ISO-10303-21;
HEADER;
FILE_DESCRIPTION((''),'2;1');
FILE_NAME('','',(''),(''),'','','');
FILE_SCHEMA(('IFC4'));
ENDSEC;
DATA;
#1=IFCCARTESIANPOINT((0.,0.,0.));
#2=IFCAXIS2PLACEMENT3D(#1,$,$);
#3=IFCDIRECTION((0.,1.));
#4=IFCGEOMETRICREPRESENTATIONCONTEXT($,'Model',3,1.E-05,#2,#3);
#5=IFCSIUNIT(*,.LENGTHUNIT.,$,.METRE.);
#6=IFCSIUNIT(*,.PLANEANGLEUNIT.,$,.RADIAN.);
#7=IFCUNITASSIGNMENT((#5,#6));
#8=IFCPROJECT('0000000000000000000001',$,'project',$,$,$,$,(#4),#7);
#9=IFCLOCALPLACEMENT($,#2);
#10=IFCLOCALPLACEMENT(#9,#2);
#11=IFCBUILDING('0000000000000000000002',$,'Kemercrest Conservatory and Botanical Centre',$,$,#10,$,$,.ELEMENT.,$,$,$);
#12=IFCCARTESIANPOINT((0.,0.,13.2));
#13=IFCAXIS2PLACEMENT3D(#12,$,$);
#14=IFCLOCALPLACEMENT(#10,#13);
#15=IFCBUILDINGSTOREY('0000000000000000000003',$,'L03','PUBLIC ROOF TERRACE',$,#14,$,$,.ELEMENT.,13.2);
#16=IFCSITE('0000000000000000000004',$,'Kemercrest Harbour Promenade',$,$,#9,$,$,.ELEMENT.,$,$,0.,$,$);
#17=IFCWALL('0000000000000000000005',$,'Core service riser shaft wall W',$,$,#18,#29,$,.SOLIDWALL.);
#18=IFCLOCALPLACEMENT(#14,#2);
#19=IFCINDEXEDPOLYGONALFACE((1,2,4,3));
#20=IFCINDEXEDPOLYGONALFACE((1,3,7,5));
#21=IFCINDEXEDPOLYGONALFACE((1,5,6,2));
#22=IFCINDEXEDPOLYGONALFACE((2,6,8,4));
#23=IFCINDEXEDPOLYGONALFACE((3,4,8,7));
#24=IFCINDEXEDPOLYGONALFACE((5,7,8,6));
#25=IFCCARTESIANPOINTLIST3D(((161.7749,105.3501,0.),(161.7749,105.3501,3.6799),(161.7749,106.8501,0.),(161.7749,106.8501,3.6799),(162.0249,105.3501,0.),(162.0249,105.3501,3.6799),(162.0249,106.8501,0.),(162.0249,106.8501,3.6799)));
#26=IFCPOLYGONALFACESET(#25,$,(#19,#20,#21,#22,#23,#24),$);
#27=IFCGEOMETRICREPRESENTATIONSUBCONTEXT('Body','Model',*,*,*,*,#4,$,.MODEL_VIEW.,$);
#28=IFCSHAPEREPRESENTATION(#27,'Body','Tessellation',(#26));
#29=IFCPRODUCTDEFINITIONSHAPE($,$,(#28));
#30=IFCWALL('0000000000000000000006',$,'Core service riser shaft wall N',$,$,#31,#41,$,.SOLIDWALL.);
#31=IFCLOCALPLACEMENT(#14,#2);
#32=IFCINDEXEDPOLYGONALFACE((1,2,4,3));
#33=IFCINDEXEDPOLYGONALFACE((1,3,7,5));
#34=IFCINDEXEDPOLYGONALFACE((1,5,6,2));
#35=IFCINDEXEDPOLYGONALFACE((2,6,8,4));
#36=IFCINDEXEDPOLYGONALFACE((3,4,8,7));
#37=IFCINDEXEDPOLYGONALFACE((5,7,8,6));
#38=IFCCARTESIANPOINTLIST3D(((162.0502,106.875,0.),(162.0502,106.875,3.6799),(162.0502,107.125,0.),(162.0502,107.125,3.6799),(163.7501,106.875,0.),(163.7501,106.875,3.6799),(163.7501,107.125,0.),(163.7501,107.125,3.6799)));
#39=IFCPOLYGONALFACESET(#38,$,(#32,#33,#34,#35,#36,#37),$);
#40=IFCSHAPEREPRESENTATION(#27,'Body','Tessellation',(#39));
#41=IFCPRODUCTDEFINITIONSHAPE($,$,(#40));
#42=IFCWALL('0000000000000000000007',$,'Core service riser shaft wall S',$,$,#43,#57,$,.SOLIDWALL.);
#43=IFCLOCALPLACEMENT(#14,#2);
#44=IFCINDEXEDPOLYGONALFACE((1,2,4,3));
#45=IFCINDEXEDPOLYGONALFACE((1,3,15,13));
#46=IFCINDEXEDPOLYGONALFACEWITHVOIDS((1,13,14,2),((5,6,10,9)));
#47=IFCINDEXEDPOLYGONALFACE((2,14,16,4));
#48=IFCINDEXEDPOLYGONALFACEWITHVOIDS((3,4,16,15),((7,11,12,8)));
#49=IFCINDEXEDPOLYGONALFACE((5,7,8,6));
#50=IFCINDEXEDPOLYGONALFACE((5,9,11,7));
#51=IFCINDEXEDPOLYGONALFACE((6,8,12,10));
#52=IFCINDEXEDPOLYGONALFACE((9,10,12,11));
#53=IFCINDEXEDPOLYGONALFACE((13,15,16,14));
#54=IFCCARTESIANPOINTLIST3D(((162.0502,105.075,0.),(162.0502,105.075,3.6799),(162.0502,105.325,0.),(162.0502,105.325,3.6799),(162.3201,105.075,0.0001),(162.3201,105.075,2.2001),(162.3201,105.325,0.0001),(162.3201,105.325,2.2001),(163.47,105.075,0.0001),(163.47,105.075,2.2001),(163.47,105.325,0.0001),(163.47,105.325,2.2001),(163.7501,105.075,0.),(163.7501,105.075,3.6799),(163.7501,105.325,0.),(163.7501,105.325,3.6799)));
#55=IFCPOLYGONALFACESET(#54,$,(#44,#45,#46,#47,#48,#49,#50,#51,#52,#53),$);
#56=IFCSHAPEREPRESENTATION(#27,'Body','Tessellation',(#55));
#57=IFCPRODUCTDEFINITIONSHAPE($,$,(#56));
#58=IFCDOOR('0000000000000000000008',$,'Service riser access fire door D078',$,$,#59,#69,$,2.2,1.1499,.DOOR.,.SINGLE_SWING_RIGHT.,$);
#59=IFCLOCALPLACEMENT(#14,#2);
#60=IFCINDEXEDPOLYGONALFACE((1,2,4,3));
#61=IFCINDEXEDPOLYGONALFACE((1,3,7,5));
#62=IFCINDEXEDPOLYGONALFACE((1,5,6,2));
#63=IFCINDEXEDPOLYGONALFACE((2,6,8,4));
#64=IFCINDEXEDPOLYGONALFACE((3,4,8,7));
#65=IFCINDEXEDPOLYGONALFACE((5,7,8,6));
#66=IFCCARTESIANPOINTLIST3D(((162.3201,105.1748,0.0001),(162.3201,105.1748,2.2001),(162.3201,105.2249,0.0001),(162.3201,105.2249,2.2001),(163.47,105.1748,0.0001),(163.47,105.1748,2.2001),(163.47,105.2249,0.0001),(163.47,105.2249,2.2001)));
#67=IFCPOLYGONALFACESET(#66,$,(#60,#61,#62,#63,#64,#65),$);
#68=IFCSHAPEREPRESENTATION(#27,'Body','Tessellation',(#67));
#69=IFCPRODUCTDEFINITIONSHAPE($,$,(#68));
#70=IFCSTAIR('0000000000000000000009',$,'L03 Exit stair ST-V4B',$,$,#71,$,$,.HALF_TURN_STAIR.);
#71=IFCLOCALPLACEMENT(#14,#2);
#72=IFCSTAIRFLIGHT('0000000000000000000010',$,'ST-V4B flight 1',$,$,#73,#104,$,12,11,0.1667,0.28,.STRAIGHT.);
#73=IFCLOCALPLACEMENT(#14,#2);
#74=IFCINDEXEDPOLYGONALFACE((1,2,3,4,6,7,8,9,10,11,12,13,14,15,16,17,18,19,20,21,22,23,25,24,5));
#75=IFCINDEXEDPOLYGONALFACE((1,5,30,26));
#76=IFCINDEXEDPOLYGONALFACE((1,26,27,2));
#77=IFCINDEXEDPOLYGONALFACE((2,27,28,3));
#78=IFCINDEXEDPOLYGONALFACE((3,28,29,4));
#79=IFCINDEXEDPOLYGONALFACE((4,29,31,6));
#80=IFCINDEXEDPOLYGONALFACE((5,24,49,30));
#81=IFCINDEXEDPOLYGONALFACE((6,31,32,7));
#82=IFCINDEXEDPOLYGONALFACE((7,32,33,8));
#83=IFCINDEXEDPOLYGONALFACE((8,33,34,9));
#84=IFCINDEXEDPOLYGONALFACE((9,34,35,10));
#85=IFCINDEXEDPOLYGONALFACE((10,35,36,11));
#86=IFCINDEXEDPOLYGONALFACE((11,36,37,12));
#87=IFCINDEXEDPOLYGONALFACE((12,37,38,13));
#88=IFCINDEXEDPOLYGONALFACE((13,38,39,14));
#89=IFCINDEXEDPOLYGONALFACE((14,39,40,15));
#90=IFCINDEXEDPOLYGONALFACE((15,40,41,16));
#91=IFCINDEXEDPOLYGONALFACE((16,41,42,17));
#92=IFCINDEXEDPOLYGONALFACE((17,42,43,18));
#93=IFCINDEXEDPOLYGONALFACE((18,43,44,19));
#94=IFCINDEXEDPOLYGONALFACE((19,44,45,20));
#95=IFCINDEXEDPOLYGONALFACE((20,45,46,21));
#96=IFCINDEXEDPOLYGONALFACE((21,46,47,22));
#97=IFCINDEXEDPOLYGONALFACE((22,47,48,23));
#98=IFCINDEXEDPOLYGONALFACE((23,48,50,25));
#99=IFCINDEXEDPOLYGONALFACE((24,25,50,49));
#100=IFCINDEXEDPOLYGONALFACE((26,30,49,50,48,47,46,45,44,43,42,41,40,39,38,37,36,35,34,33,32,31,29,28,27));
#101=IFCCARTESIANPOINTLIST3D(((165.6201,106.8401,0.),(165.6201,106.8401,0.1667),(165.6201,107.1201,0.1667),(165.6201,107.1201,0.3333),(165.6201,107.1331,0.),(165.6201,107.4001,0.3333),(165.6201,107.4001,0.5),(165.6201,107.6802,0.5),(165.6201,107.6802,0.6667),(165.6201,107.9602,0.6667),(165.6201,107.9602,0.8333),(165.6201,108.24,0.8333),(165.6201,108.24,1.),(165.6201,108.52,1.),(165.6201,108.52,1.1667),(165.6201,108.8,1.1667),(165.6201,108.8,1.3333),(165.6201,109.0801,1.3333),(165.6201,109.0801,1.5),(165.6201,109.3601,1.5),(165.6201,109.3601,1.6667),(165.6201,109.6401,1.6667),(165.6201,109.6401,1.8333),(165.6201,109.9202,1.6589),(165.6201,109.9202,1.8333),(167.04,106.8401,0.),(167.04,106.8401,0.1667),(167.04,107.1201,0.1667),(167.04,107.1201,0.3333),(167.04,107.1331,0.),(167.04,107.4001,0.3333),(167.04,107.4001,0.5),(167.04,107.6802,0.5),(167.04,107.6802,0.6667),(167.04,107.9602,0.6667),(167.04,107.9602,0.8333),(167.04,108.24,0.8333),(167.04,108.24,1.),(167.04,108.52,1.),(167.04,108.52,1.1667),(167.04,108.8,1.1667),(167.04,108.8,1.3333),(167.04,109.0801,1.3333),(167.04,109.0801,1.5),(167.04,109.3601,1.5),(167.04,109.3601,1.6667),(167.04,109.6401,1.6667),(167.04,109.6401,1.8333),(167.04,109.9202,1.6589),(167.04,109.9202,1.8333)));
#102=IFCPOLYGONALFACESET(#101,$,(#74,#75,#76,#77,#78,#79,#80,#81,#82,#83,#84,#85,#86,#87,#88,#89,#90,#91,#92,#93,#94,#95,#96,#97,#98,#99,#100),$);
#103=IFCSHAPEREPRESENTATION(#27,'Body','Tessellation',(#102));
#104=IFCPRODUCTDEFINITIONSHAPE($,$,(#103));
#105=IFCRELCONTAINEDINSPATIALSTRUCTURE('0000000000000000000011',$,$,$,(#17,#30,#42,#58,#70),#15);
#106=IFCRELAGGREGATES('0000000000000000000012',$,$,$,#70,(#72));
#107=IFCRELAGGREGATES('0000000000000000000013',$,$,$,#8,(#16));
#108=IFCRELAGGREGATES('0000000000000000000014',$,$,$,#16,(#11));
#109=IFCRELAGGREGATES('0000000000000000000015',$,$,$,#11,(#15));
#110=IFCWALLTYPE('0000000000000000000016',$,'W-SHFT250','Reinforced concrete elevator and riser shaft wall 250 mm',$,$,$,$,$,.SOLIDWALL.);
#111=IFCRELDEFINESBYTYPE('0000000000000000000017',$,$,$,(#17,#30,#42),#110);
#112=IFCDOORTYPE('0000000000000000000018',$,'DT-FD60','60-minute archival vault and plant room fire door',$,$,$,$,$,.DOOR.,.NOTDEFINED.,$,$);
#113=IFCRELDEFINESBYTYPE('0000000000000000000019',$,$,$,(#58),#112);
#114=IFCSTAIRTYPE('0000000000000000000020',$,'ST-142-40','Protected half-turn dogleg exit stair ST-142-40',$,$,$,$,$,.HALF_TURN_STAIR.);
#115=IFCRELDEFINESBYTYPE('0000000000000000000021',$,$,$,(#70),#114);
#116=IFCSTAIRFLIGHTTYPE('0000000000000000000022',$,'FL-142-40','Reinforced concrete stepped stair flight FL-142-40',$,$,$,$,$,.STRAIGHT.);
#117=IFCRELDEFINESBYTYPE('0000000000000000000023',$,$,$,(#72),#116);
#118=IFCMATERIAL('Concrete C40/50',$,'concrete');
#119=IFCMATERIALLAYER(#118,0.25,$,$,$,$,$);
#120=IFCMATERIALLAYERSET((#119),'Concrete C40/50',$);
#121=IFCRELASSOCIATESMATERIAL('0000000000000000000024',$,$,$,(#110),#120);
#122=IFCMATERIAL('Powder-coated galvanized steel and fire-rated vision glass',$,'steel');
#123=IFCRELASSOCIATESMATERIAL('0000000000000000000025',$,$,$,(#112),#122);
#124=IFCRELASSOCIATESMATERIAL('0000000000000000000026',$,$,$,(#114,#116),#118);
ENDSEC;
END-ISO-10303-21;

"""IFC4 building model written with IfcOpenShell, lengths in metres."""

from ifc_helpers import new_model, si_unit, direction, frame, frame_2d, origin, place, context, subcontext, project, spatial, polyline, rectangle, outline, extrude, material, layer, layer_set, type_object, element, fill, aggregate, save


model = new_model("IFC4")

# Units and contexts
model_context = context("Model", 3, precision=1e-05, world=origin(), true_north=direction((0.0, 1.0)))
body_context = subcontext(model_context, "Body", "Model", "MODEL_VIEW")
ifc_project = project(units=[si_unit("LENGTHUNIT", "METRE"), si_unit("PLANEANGLEUNIT", "RADIAN")], contexts=[model_context])

# Site, building, storey
site_placement = place(None, origin())
site = spatial("IfcSite", under=ifc_project, at=site_placement, Name="Kemercrest Harbour Promenade", CompositionType="ELEMENT", RefElevation=0.0)
building_placement = place(site_placement, origin())
building = spatial("IfcBuilding", under=site, at=building_placement, Name="Kemercrest Conservatory and Botanical Centre", CompositionType="ELEMENT")
storey_placement = place(building_placement, frame((0.0, 0.0, 13.2)))
storey = spatial("IfcBuildingStorey", under=building, at=storey_placement, Name="L03", Description="PUBLIC ROOF TERRACE", CompositionType="ELEMENT", Elevation=13.2)

# Shared definitions
ifc_material_1 = material(Name="Concrete C40/50", Category="concrete")

# Shared definitions
ifc_material_2 = material(Name="Powder-coated galvanized steel and fire-rated vision glass", Category="steel")

# Walls
ifc_layer_1 = layer(ifc_material_1, 0.25)
ifc_layer_set_1 = layer_set([ifc_layer_1], Name="Concrete C40/50")
wall_type_1 = type_object("IfcWallType", Name="W-SHFT250", Description="Reinforced concrete elevator and riser shaft wall 250 mm", PredefinedType="SOLIDWALL", material=ifc_layer_set_1)
wall_1_placement = place(storey_placement, frame((161.8999, 105.3501, 0.0), z_axis=(0.0, 0.0, 1.0), x_axis=(0.0, 1.0, 0.0)))
element("IfcWall", 1, at=wall_1_placement, inside=storey, type_object=wall_type_1, Name="Core service riser shaft wall W", PredefinedType="SOLIDWALL", context=body_context, shape_type="SweptSolid", body=[
    extrude(rectangle(XDim=1.5, YDim=0.25, at=frame_2d((0.75, 0.0))), origin(), (0.0, 0.0, 1.0), 3.6799),
])
wall_2_placement = place(storey_placement, frame((162.05, 107.0, 0.0), z_axis=(0.0, 0.0, 1.0), x_axis=(1.0, 0.0, 0.0)))
element("IfcWall", 2, at=wall_2_placement, inside=storey, type_object=wall_type_1, Name="Core service riser shaft wall N", PredefinedType="SOLIDWALL", context=body_context, shape_type="SweptSolid", body=[
    extrude(rectangle(XDim=1.7, YDim=0.25, at=frame_2d((0.8501, 0.0))), origin(), (0.0, 0.0, 1.0), 3.6799),
])

# Wall, opening, door
wall_3_placement = place(storey_placement, frame((162.05, 105.2, 0.0), z_axis=(0.0, 0.0, 1.0), x_axis=(1.0, 0.0, 0.0)))
wall_3 = element("IfcWall", 3, at=wall_3_placement, inside=storey, type_object=wall_type_1, Name="Core service riser shaft wall S", PredefinedType="SOLIDWALL", context=body_context, shape_type="SweptSolid", body=[
    extrude(rectangle(XDim=1.7, YDim=0.25, at=frame_2d((0.8501, 0.0))), origin(), (0.0, 0.0, 1.0), 3.6799),
])
opening_1_placement = place(wall_3_placement, frame((0.27, 0.0, 0.0)))
opening_1 = element("IfcOpeningElement", 4, at=opening_1_placement, cuts=wall_3, PredefinedType="OPENING", context=body_context, shape_type="SweptSolid", body=[
    extrude(rectangle(XDim=1.1499, YDim=2.2, at=frame_2d((0.575, 1.1001))), frame((0.0, 0.135, 0.0), z_axis=(0.0, -1.0, 0.0), x_axis=(1.0, 0.0, 0.0)), (0.0, 0.0, 1.0), 0.27),
])
door_type_1 = type_object("IfcDoorType", Name="DT-FD60", Description="60-minute archival vault and plant room fire door", OperationType="NOTDEFINED", PredefinedType="DOOR", material=ifc_material_2)
door_1_placement = place(opening_1_placement, origin())
door_1 = element("IfcDoor", 5, at=door_1_placement, inside=storey, type_object=door_type_1, Name="Service riser access fire door D078", OperationType="SINGLE_SWING_RIGHT", OverallHeight=2.2, OverallWidth=1.1499, PredefinedType="DOOR", context=body_context, shape_type="SweptSolid", body=[
    extrude(rectangle(XDim=1.1499, YDim=2.2, at=frame_2d((0.575, 1.1001))), frame((0.0, 0.0249, 0.0), z_axis=(0.0, -1.0, 0.0), x_axis=(1.0, 0.0, 0.0)), (0.0, 0.0, 1.0), 0.05),
])
fill(opening_1, door_1)

# Stair, stair flight
stair_type = type_object("IfcStairType", Name="ST-142-40", Description="Protected half-turn dogleg exit stair ST-142-40", PredefinedType="HALF_TURN_STAIR", material=ifc_material_1)
stair_placement = place(storey_placement, origin())
stair = element("IfcStair", 6, at=stair_placement, inside=storey, type_object=stair_type, Name="L03 Exit stair ST-V4B", PredefinedType="HALF_TURN_STAIR")
stair_flight_type = type_object("IfcStairFlightType", Name="FL-142-40", Description="Reinforced concrete stepped stair flight FL-142-40", PredefinedType="STRAIGHT", material=ifc_material_1)
stair_flight_placement = place(storey_placement, frame((166.3301, 106.8401, 0.0), z_axis=(0.0, 0.0, 1.0), x_axis=(0.0, 1.0, 0.0)))
stair_flight = element("IfcStairFlight", 7, at=stair_flight_placement, type_object=stair_flight_type, Name="ST-V4B flight 1", NumberOfRisers=12, NumberOfTreads=11, PredefinedType="STRAIGHT", RiserHeight=0.1667, TreadLength=0.28, context=body_context, shape_type="SweptSolid", body=[
    extrude(outline(polyline([(0.0, 0.0), (0.0, 0.1667), (0.28, 0.1667), (0.28, 0.3333), (0.5601, 0.3333), (0.5601, 0.5), (0.8401, 0.5), (0.8401, 0.6667), (1.1201, 0.6667), (1.1201, 0.8333), (1.3999, 0.8333), (1.3999, 1.0), (1.6799, 1.0), (1.6799, 1.1667), (1.96, 1.1667), (1.96, 1.3333), (2.24, 1.3333), (2.24, 1.5), (2.52, 1.5), (2.52, 1.6667), (2.8, 1.6667), (2.8, 1.8333), (3.0801, 1.8333), (3.0801, 2.0), (3.0801, 1.6589), (0.293, 0.0), (0.0, 0.0)])), frame((0.0, 0.71, 0.0), z_axis=(0.0, -1.0, 0.0), x_axis=(1.0, 0.0, 0.0)), (0.0, 0.0, 1.0), 1.4199),
])
aggregate(stair, [stair_flight])

save(model, "model.ifc")
